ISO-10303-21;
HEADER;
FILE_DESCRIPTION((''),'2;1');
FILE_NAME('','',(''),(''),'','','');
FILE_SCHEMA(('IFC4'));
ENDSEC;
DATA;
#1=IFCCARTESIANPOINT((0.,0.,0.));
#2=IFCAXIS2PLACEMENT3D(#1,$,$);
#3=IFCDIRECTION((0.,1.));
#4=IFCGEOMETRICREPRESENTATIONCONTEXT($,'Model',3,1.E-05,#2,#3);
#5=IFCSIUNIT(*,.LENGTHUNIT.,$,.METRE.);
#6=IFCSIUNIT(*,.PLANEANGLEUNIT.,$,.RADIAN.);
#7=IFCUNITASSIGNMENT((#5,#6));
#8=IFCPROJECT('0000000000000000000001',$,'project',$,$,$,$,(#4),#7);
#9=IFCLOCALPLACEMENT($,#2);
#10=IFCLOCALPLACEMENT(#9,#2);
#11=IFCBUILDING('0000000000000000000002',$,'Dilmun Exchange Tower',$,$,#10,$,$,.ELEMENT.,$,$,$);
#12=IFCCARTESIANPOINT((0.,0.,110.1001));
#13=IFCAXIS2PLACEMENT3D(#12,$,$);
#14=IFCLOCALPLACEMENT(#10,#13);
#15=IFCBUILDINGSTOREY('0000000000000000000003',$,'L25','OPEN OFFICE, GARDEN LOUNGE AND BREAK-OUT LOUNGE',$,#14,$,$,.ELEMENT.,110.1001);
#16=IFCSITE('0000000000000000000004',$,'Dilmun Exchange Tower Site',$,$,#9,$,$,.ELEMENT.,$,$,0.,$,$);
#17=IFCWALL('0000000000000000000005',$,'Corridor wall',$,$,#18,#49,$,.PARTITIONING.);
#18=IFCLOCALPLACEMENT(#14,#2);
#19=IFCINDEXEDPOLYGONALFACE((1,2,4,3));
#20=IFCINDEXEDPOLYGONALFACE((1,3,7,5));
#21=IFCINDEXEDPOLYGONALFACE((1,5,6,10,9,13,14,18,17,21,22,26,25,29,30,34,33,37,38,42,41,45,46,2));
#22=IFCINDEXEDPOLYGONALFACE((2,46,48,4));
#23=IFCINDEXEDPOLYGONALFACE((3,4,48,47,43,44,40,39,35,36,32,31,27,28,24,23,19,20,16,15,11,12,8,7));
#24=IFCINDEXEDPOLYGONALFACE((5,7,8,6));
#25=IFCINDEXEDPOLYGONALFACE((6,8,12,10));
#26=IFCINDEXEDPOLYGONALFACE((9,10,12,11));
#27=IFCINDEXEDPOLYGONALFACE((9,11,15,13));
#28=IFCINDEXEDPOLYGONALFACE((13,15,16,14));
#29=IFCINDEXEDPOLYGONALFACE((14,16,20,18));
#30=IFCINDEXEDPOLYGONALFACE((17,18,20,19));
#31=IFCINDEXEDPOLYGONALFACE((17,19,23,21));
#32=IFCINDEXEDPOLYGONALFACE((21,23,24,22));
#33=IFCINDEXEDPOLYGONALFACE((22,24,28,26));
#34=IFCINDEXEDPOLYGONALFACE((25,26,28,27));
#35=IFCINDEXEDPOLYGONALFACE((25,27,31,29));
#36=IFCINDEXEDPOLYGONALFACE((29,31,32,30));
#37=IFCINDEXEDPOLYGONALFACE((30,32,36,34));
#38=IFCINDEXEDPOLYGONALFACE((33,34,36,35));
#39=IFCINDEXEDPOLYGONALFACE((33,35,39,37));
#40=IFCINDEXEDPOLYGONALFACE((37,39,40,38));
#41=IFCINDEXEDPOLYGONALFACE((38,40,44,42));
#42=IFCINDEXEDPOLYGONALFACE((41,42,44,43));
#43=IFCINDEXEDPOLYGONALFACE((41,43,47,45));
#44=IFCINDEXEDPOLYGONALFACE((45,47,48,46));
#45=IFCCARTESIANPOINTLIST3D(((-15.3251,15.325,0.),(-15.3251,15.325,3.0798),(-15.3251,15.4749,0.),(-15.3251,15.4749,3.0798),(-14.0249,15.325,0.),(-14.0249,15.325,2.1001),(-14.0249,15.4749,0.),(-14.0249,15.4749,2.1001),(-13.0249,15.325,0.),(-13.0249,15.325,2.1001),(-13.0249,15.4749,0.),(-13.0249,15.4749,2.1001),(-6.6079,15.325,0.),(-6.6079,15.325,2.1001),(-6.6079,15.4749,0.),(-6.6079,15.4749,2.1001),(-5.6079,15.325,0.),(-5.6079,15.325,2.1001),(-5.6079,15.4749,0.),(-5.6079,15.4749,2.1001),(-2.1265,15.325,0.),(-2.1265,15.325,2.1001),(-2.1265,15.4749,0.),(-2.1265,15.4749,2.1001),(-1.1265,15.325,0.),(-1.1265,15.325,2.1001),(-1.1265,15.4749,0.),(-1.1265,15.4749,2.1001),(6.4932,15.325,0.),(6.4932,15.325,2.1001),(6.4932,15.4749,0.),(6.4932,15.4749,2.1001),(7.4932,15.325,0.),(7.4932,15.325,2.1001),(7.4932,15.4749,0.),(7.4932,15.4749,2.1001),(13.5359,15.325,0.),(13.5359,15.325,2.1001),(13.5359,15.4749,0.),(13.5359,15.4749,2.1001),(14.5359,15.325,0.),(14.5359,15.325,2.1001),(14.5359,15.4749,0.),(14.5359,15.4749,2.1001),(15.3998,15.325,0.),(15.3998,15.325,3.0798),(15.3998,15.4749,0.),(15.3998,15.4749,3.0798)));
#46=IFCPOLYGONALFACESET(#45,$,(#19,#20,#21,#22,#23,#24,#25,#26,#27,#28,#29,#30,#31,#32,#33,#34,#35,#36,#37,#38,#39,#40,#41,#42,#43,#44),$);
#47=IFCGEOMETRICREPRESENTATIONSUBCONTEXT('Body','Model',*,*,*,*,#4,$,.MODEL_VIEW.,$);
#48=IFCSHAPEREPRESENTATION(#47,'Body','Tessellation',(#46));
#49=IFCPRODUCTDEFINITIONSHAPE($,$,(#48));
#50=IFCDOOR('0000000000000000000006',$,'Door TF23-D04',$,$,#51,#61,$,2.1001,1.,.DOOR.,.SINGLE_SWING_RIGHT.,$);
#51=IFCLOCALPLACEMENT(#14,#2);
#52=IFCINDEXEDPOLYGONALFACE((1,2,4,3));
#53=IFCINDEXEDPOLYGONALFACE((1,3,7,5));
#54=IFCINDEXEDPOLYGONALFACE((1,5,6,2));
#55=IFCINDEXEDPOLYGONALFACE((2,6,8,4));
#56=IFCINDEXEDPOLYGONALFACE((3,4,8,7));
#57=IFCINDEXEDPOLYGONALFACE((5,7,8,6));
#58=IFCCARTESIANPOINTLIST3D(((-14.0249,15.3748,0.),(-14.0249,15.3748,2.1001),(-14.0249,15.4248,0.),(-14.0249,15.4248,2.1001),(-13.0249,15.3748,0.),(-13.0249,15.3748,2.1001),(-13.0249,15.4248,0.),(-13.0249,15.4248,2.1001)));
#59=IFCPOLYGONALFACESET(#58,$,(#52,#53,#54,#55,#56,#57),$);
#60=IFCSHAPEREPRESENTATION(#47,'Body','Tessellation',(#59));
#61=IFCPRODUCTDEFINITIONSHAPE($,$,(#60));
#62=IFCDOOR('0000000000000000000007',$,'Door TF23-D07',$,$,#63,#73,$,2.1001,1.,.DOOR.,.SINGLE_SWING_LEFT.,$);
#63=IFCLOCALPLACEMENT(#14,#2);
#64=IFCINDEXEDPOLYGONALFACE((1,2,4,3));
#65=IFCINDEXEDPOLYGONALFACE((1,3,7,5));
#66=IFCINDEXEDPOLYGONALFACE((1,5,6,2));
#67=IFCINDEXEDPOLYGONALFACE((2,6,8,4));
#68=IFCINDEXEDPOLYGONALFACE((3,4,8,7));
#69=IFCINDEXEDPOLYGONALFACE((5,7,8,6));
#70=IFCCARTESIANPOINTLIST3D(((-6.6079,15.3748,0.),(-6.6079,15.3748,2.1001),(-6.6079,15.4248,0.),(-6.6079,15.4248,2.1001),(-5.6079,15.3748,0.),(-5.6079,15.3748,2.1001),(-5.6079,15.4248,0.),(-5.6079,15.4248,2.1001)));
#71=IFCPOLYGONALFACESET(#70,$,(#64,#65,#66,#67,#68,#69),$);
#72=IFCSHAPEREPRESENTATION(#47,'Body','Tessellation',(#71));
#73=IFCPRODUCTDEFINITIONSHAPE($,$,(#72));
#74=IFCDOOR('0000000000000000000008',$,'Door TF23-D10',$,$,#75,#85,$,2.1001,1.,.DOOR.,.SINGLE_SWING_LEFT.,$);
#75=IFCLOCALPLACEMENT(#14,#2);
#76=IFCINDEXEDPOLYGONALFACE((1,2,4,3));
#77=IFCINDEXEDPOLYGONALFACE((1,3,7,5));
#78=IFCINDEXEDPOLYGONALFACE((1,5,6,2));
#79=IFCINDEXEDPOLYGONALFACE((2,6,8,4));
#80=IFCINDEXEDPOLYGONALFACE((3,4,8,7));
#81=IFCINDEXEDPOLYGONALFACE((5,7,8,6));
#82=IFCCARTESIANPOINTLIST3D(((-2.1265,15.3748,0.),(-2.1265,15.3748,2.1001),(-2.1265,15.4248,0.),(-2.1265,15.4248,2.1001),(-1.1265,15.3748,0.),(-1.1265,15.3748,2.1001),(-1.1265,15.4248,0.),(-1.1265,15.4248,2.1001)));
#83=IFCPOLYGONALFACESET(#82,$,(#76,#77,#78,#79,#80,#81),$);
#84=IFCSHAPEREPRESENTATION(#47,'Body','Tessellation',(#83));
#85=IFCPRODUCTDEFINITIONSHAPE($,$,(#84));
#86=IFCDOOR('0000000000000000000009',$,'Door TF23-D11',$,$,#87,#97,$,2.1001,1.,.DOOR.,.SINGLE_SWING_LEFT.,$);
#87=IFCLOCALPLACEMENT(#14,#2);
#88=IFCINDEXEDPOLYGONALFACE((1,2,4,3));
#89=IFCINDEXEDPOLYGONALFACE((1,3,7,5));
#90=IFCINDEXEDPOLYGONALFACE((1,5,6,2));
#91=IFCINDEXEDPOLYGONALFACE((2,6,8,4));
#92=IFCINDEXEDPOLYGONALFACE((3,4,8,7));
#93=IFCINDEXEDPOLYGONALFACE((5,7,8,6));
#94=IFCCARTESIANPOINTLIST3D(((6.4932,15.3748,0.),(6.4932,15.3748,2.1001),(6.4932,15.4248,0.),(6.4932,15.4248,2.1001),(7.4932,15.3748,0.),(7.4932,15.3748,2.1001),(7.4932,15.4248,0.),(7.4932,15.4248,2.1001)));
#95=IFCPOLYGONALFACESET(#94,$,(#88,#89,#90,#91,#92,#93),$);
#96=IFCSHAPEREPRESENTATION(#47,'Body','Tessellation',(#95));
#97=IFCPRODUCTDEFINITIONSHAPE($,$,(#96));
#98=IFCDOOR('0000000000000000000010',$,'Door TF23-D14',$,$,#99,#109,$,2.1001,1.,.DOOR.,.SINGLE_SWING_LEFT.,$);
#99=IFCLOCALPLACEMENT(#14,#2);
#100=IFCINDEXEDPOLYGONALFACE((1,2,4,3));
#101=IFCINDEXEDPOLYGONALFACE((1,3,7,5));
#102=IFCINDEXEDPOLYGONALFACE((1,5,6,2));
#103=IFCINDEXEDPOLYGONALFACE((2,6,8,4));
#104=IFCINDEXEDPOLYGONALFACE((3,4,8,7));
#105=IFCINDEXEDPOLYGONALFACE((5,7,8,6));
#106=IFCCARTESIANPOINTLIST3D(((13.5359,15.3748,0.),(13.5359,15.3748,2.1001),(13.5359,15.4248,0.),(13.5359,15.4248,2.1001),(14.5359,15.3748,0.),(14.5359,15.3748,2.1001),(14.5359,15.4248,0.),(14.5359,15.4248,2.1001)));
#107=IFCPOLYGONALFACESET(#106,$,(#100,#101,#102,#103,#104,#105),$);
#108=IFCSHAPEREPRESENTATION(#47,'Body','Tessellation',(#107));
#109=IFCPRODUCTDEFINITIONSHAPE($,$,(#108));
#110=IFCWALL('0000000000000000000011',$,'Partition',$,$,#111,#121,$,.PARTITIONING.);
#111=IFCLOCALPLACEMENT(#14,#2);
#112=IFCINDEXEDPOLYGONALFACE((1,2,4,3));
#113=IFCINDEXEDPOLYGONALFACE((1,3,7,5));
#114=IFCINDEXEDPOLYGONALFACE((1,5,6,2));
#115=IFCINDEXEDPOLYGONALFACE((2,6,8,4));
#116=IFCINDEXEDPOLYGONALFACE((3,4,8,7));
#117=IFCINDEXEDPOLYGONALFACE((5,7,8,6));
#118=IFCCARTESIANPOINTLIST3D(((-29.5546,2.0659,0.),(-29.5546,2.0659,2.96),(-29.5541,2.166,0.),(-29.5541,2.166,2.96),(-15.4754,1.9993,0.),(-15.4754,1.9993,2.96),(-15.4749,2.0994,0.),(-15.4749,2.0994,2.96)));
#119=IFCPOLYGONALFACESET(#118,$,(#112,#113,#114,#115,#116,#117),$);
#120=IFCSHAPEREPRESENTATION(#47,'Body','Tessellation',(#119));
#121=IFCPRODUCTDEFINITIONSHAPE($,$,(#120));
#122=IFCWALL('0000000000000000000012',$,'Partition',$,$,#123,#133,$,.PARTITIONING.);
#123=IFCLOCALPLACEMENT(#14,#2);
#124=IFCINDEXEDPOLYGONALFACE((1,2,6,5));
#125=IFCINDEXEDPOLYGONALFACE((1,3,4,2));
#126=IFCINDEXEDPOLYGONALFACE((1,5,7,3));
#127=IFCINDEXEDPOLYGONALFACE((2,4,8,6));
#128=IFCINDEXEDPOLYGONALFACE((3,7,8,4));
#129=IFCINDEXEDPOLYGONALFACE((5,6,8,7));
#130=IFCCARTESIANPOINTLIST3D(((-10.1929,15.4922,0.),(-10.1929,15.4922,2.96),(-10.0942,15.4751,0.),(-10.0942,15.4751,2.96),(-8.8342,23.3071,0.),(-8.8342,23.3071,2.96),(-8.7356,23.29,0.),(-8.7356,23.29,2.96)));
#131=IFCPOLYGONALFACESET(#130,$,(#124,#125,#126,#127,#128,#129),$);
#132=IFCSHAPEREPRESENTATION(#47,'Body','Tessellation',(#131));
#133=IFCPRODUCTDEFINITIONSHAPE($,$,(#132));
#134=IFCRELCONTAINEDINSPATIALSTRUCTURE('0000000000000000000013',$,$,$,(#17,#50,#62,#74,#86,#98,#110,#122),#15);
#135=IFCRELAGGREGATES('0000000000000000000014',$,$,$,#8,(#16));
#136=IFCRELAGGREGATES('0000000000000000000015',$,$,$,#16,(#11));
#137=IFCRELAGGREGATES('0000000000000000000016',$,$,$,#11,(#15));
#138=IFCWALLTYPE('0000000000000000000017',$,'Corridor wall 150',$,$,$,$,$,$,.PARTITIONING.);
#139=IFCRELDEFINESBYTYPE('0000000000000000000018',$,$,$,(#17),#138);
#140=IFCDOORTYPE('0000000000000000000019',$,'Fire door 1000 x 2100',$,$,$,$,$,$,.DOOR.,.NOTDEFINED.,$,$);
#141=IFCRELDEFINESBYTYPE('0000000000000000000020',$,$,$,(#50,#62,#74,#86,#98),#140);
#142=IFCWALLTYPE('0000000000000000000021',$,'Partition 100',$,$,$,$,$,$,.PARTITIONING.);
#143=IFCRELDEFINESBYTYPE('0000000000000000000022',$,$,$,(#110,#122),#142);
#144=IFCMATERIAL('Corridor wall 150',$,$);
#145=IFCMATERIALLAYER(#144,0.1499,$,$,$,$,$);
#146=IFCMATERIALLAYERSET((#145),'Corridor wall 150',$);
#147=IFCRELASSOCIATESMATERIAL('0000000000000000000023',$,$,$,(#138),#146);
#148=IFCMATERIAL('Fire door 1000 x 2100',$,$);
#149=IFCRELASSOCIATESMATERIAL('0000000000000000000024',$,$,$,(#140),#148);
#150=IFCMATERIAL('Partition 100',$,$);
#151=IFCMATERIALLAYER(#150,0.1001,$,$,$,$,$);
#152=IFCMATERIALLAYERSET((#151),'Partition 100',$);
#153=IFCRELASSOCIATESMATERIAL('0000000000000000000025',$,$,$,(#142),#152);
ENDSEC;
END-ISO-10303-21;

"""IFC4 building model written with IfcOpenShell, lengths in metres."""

from ifc_helpers import new_model, si_unit, direction, frame, frame_2d, origin, place, context, subcontext, project, spatial, rectangle, extrude, material, layer, layer_set, type_object, element, fill, save


model = new_model("IFC4")

# Units and contexts
model_context = context("Model", 3, precision=1e-05, world=origin(), true_north=direction((0.0, 1.0)))
body_context = subcontext(model_context, "Body", "Model", "MODEL_VIEW")
ifc_project = project(units=[si_unit("LENGTHUNIT", "METRE"), si_unit("PLANEANGLEUNIT", "RADIAN")], contexts=[model_context])

# Site, building, storey
site_placement = place(None, origin())
site = spatial("IfcSite", under=ifc_project, at=site_placement, Name="Dilmun Exchange Tower Site", CompositionType="ELEMENT", RefElevation=0.0)
building_placement = place(site_placement, origin())
building = spatial("IfcBuilding", under=site, at=building_placement, Name="Dilmun Exchange Tower", CompositionType="ELEMENT")
storey_placement = place(building_placement, frame((0.0, 0.0, 110.1001)))
storey = spatial("IfcBuildingStorey", under=building, at=storey_placement, Name="L25", Description="OPEN OFFICE, GARDEN LOUNGE AND BREAK-OUT LOUNGE", CompositionType="ELEMENT", Elevation=110.1001)

# Wall, openings, doors
ifc_material_1 = material(Name="Corridor wall 150")
ifc_layer_1 = layer(ifc_material_1, 0.1499)
ifc_layer_set_1 = layer_set([ifc_layer_1], Name="Corridor wall 150")
wall_type_1 = type_object("IfcWallType", Name="Corridor wall 150", PredefinedType="PARTITIONING", material=ifc_layer_set_1)
wall_1_placement = place(storey_placement, frame((-15.325, 15.3999, 0.0), z_axis=(0.0, 0.0, 1.0), x_axis=(1.0, 0.0, 0.0)))
wall_1 = element("IfcWall", 1, at=wall_1_placement, inside=storey, type_object=wall_type_1, Name="Corridor wall", PredefinedType="PARTITIONING", context=body_context, shape_type="SweptSolid", body=[
    extrude(rectangle(XDim=30.7249, YDim=0.1499, at=frame_2d((15.3623, 0.0))), origin(), (0.0, 0.0, 1.0), 3.0798),
])
opening_1_placement = place(wall_1_placement, frame((1.3, 0.0, 0.0)))
opening_1 = element("IfcOpeningElement", 2, at=opening_1_placement, cuts=wall_1, PredefinedType="OPENING", context=body_context, shape_type="SweptSolid", body=[
    extrude(rectangle(XDim=1.0, YDim=2.1001, at=frame_2d((0.5, 1.05))), frame((0.0, 0.085, 0.0), z_axis=(0.0, -1.0, 0.0), x_axis=(1.0, 0.0, 0.0)), (0.0, 0.0, 1.0), 0.1699),
])
opening_2_placement = place(wall_1_placement, frame((8.717, 0.0, 0.0)))
opening_2 = element("IfcOpeningElement", 3, at=opening_2_placement, cuts=wall_1, PredefinedType="OPENING", context=body_context, shape_type="SweptSolid", body=[
    extrude(rectangle(XDim=1.0, YDim=2.1001, at=frame_2d((0.5, 1.05))), frame((0.0, 0.085, 0.0), z_axis=(0.0, -1.0, 0.0), x_axis=(1.0, 0.0, 0.0)), (0.0, 0.0, 1.0), 0.1699),
])
opening_3_placement = place(wall_1_placement, frame((13.1985, 0.0, 0.0)))
opening_3 = element("IfcOpeningElement", 4, at=opening_3_placement, cuts=wall_1, PredefinedType="OPENING", context=body_context, shape_type="SweptSolid", body=[
    extrude(rectangle(XDim=1.0, YDim=2.1001, at=frame_2d((0.5, 1.05))), frame((0.0, 0.085, 0.0), z_axis=(0.0, -1.0, 0.0), x_axis=(1.0, 0.0, 0.0)), (0.0, 0.0, 1.0), 0.1699),
])
opening_4_placement = place(wall_1_placement, frame((21.8181, 0.0, 0.0)))
opening_4 = element("IfcOpeningElement", 5, at=opening_4_placement, cuts=wall_1, PredefinedType="OPENING", context=body_context, shape_type="SweptSolid", body=[
    extrude(rectangle(XDim=1.0, YDim=2.1001, at=frame_2d((0.5, 1.05))), frame((0.0, 0.085, 0.0), z_axis=(0.0, -1.0, 0.0), x_axis=(1.0, 0.0, 0.0)), (0.0, 0.0, 1.0), 0.1699),
])
opening_5_placement = place(wall_1_placement, frame((28.8608, 0.0, 0.0)))
opening_5 = element("IfcOpeningElement", 6, at=opening_5_placement, cuts=wall_1, PredefinedType="OPENING", context=body_context, shape_type="SweptSolid", body=[
    extrude(rectangle(XDim=1.0, YDim=2.1001, at=frame_2d((0.5, 1.05))), frame((0.0, 0.085, 0.0), z_axis=(0.0, -1.0, 0.0), x_axis=(1.0, 0.0, 0.0)), (0.0, 0.0, 1.0), 0.1699),
])
ifc_material_2 = material(Name="Fire door 1000 x 2100")
door_type_1 = type_object("IfcDoorType", Name="Fire door 1000 x 2100", OperationType="NOTDEFINED", PredefinedType="DOOR", material=ifc_material_2)
door_1_placement = place(opening_1_placement, origin())
door_1 = element("IfcDoor", 7, at=door_1_placement, inside=storey, type_object=door_type_1, Name="Door TF23-D04", OperationType="SINGLE_SWING_RIGHT", OverallHeight=2.1001, OverallWidth=1.0, PredefinedType="DOOR", context=body_context, shape_type="SweptSolid", body=[
    extrude(rectangle(XDim=1.0, YDim=2.1001, at=frame_2d((0.5, 1.05))), frame((0.0, 0.0249, 0.0), z_axis=(0.0, -1.0, 0.0), x_axis=(1.0, 0.0, 0.0)), (0.0, 0.0, 1.0), 0.05),
])
fill(opening_1, door_1)
door_2_placement = place(opening_2_placement, origin())
door_2 = element("IfcDoor", 8, at=door_2_placement, inside=storey, type_object=door_type_1, Name="Door TF23-D07", OperationType="SINGLE_SWING_LEFT", OverallHeight=2.1001, OverallWidth=1.0, PredefinedType="DOOR", context=body_context, shape_type="SweptSolid", body=[
    extrude(rectangle(XDim=1.0, YDim=2.1001, at=frame_2d((0.5, 1.05))), frame((0.0, 0.0249, 0.0), z_axis=(0.0, -1.0, 0.0), x_axis=(1.0, 0.0, 0.0)), (0.0, 0.0, 1.0), 0.05),
])
fill(opening_2, door_2)
door_3_placement = place(opening_3_placement, origin())
door_3 = element("IfcDoor", 9, at=door_3_placement, inside=storey, type_object=door_type_1, Name="Door TF23-D10", OperationType="SINGLE_SWING_LEFT", OverallHeight=2.1001, OverallWidth=1.0, PredefinedType="DOOR", context=body_context, shape_type="SweptSolid", body=[
    extrude(rectangle(XDim=1.0, YDim=2.1001, at=frame_2d((0.5, 1.05))), frame((0.0, 0.0249, 0.0), z_axis=(0.0, -1.0, 0.0), x_axis=(1.0, 0.0, 0.0)), (0.0, 0.0, 1.0), 0.05),
])
fill(opening_3, door_3)
door_4_placement = place(opening_4_placement, origin())
door_4 = element("IfcDoor", 10, at=door_4_placement, inside=storey, type_object=door_type_1, Name="Door TF23-D11", OperationType="SINGLE_SWING_LEFT", OverallHeight=2.1001, OverallWidth=1.0, PredefinedType="DOOR", context=body_context, shape_type="SweptSolid", body=[
    extrude(rectangle(XDim=1.0, YDim=2.1001, at=frame_2d((0.5, 1.05))), frame((0.0, 0.0249, 0.0), z_axis=(0.0, -1.0, 0.0), x_axis=(1.0, 0.0, 0.0)), (0.0, 0.0, 1.0), 0.05),
])
fill(opening_4, door_4)
door_5_placement = place(opening_5_placement, origin())
door_5 = element("IfcDoor", 11, at=door_5_placement, inside=storey, type_object=door_type_1, Name="Door TF23-D14", OperationType="SINGLE_SWING_LEFT", OverallHeight=2.1001, OverallWidth=1.0, PredefinedType="DOOR", context=body_context, shape_type="SweptSolid", body=[
    extrude(rectangle(XDim=1.0, YDim=2.1001, at=frame_2d((0.5, 1.05))), frame((0.0, 0.0249, 0.0), z_axis=(0.0, -1.0, 0.0), x_axis=(1.0, 0.0, 0.0)), (0.0, 0.0, 1.0), 0.05),
])
fill(opening_5, door_5)

# Walls
ifc_material_3 = material(Name="Partition 100")
ifc_layer_2 = layer(ifc_material_3, 0.1001)
ifc_layer_set_2 = layer_set([ifc_layer_2], Name="Partition 100")
wall_type_2 = type_object("IfcWallType", Name="Partition 100", PredefinedType="PARTITIONING", material=ifc_layer_set_2)
wall_2_placement = place(storey_placement, frame((-29.5542, 2.116, 0.0), z_axis=(0.0, 0.0, 1.0), x_axis=(0.999989, -0.004734, 0.0)))
element("IfcWall", 12, at=wall_2_placement, inside=storey, type_object=wall_type_2, Name="Partition", PredefinedType="PARTITIONING", context=body_context, shape_type="SweptSolid", body=[
    extrude(rectangle(XDim=14.0793, YDim=0.1001, at=frame_2d((7.0396, 0.0))), origin(), (0.0, 0.0, 1.0), 2.96),
])
wall_3_placement = place(storey_placement, frame((-10.1436, 15.4836, 0.0), z_axis=(0.0, 0.0, 1.0), x_axis=(0.171283, 0.985222, 0.0)))
element("IfcWall", 13, at=wall_3_placement, inside=storey, type_object=wall_type_2, Name="Partition", PredefinedType="PARTITIONING", context=body_context, shape_type="SweptSolid", body=[
    extrude(rectangle(XDim=7.9321, YDim=0.1001, at=frame_2d((3.9661, 0.0))), origin(), (0.0, 0.0, 1.0), 2.96),
])

save(model, "model.ifc")
